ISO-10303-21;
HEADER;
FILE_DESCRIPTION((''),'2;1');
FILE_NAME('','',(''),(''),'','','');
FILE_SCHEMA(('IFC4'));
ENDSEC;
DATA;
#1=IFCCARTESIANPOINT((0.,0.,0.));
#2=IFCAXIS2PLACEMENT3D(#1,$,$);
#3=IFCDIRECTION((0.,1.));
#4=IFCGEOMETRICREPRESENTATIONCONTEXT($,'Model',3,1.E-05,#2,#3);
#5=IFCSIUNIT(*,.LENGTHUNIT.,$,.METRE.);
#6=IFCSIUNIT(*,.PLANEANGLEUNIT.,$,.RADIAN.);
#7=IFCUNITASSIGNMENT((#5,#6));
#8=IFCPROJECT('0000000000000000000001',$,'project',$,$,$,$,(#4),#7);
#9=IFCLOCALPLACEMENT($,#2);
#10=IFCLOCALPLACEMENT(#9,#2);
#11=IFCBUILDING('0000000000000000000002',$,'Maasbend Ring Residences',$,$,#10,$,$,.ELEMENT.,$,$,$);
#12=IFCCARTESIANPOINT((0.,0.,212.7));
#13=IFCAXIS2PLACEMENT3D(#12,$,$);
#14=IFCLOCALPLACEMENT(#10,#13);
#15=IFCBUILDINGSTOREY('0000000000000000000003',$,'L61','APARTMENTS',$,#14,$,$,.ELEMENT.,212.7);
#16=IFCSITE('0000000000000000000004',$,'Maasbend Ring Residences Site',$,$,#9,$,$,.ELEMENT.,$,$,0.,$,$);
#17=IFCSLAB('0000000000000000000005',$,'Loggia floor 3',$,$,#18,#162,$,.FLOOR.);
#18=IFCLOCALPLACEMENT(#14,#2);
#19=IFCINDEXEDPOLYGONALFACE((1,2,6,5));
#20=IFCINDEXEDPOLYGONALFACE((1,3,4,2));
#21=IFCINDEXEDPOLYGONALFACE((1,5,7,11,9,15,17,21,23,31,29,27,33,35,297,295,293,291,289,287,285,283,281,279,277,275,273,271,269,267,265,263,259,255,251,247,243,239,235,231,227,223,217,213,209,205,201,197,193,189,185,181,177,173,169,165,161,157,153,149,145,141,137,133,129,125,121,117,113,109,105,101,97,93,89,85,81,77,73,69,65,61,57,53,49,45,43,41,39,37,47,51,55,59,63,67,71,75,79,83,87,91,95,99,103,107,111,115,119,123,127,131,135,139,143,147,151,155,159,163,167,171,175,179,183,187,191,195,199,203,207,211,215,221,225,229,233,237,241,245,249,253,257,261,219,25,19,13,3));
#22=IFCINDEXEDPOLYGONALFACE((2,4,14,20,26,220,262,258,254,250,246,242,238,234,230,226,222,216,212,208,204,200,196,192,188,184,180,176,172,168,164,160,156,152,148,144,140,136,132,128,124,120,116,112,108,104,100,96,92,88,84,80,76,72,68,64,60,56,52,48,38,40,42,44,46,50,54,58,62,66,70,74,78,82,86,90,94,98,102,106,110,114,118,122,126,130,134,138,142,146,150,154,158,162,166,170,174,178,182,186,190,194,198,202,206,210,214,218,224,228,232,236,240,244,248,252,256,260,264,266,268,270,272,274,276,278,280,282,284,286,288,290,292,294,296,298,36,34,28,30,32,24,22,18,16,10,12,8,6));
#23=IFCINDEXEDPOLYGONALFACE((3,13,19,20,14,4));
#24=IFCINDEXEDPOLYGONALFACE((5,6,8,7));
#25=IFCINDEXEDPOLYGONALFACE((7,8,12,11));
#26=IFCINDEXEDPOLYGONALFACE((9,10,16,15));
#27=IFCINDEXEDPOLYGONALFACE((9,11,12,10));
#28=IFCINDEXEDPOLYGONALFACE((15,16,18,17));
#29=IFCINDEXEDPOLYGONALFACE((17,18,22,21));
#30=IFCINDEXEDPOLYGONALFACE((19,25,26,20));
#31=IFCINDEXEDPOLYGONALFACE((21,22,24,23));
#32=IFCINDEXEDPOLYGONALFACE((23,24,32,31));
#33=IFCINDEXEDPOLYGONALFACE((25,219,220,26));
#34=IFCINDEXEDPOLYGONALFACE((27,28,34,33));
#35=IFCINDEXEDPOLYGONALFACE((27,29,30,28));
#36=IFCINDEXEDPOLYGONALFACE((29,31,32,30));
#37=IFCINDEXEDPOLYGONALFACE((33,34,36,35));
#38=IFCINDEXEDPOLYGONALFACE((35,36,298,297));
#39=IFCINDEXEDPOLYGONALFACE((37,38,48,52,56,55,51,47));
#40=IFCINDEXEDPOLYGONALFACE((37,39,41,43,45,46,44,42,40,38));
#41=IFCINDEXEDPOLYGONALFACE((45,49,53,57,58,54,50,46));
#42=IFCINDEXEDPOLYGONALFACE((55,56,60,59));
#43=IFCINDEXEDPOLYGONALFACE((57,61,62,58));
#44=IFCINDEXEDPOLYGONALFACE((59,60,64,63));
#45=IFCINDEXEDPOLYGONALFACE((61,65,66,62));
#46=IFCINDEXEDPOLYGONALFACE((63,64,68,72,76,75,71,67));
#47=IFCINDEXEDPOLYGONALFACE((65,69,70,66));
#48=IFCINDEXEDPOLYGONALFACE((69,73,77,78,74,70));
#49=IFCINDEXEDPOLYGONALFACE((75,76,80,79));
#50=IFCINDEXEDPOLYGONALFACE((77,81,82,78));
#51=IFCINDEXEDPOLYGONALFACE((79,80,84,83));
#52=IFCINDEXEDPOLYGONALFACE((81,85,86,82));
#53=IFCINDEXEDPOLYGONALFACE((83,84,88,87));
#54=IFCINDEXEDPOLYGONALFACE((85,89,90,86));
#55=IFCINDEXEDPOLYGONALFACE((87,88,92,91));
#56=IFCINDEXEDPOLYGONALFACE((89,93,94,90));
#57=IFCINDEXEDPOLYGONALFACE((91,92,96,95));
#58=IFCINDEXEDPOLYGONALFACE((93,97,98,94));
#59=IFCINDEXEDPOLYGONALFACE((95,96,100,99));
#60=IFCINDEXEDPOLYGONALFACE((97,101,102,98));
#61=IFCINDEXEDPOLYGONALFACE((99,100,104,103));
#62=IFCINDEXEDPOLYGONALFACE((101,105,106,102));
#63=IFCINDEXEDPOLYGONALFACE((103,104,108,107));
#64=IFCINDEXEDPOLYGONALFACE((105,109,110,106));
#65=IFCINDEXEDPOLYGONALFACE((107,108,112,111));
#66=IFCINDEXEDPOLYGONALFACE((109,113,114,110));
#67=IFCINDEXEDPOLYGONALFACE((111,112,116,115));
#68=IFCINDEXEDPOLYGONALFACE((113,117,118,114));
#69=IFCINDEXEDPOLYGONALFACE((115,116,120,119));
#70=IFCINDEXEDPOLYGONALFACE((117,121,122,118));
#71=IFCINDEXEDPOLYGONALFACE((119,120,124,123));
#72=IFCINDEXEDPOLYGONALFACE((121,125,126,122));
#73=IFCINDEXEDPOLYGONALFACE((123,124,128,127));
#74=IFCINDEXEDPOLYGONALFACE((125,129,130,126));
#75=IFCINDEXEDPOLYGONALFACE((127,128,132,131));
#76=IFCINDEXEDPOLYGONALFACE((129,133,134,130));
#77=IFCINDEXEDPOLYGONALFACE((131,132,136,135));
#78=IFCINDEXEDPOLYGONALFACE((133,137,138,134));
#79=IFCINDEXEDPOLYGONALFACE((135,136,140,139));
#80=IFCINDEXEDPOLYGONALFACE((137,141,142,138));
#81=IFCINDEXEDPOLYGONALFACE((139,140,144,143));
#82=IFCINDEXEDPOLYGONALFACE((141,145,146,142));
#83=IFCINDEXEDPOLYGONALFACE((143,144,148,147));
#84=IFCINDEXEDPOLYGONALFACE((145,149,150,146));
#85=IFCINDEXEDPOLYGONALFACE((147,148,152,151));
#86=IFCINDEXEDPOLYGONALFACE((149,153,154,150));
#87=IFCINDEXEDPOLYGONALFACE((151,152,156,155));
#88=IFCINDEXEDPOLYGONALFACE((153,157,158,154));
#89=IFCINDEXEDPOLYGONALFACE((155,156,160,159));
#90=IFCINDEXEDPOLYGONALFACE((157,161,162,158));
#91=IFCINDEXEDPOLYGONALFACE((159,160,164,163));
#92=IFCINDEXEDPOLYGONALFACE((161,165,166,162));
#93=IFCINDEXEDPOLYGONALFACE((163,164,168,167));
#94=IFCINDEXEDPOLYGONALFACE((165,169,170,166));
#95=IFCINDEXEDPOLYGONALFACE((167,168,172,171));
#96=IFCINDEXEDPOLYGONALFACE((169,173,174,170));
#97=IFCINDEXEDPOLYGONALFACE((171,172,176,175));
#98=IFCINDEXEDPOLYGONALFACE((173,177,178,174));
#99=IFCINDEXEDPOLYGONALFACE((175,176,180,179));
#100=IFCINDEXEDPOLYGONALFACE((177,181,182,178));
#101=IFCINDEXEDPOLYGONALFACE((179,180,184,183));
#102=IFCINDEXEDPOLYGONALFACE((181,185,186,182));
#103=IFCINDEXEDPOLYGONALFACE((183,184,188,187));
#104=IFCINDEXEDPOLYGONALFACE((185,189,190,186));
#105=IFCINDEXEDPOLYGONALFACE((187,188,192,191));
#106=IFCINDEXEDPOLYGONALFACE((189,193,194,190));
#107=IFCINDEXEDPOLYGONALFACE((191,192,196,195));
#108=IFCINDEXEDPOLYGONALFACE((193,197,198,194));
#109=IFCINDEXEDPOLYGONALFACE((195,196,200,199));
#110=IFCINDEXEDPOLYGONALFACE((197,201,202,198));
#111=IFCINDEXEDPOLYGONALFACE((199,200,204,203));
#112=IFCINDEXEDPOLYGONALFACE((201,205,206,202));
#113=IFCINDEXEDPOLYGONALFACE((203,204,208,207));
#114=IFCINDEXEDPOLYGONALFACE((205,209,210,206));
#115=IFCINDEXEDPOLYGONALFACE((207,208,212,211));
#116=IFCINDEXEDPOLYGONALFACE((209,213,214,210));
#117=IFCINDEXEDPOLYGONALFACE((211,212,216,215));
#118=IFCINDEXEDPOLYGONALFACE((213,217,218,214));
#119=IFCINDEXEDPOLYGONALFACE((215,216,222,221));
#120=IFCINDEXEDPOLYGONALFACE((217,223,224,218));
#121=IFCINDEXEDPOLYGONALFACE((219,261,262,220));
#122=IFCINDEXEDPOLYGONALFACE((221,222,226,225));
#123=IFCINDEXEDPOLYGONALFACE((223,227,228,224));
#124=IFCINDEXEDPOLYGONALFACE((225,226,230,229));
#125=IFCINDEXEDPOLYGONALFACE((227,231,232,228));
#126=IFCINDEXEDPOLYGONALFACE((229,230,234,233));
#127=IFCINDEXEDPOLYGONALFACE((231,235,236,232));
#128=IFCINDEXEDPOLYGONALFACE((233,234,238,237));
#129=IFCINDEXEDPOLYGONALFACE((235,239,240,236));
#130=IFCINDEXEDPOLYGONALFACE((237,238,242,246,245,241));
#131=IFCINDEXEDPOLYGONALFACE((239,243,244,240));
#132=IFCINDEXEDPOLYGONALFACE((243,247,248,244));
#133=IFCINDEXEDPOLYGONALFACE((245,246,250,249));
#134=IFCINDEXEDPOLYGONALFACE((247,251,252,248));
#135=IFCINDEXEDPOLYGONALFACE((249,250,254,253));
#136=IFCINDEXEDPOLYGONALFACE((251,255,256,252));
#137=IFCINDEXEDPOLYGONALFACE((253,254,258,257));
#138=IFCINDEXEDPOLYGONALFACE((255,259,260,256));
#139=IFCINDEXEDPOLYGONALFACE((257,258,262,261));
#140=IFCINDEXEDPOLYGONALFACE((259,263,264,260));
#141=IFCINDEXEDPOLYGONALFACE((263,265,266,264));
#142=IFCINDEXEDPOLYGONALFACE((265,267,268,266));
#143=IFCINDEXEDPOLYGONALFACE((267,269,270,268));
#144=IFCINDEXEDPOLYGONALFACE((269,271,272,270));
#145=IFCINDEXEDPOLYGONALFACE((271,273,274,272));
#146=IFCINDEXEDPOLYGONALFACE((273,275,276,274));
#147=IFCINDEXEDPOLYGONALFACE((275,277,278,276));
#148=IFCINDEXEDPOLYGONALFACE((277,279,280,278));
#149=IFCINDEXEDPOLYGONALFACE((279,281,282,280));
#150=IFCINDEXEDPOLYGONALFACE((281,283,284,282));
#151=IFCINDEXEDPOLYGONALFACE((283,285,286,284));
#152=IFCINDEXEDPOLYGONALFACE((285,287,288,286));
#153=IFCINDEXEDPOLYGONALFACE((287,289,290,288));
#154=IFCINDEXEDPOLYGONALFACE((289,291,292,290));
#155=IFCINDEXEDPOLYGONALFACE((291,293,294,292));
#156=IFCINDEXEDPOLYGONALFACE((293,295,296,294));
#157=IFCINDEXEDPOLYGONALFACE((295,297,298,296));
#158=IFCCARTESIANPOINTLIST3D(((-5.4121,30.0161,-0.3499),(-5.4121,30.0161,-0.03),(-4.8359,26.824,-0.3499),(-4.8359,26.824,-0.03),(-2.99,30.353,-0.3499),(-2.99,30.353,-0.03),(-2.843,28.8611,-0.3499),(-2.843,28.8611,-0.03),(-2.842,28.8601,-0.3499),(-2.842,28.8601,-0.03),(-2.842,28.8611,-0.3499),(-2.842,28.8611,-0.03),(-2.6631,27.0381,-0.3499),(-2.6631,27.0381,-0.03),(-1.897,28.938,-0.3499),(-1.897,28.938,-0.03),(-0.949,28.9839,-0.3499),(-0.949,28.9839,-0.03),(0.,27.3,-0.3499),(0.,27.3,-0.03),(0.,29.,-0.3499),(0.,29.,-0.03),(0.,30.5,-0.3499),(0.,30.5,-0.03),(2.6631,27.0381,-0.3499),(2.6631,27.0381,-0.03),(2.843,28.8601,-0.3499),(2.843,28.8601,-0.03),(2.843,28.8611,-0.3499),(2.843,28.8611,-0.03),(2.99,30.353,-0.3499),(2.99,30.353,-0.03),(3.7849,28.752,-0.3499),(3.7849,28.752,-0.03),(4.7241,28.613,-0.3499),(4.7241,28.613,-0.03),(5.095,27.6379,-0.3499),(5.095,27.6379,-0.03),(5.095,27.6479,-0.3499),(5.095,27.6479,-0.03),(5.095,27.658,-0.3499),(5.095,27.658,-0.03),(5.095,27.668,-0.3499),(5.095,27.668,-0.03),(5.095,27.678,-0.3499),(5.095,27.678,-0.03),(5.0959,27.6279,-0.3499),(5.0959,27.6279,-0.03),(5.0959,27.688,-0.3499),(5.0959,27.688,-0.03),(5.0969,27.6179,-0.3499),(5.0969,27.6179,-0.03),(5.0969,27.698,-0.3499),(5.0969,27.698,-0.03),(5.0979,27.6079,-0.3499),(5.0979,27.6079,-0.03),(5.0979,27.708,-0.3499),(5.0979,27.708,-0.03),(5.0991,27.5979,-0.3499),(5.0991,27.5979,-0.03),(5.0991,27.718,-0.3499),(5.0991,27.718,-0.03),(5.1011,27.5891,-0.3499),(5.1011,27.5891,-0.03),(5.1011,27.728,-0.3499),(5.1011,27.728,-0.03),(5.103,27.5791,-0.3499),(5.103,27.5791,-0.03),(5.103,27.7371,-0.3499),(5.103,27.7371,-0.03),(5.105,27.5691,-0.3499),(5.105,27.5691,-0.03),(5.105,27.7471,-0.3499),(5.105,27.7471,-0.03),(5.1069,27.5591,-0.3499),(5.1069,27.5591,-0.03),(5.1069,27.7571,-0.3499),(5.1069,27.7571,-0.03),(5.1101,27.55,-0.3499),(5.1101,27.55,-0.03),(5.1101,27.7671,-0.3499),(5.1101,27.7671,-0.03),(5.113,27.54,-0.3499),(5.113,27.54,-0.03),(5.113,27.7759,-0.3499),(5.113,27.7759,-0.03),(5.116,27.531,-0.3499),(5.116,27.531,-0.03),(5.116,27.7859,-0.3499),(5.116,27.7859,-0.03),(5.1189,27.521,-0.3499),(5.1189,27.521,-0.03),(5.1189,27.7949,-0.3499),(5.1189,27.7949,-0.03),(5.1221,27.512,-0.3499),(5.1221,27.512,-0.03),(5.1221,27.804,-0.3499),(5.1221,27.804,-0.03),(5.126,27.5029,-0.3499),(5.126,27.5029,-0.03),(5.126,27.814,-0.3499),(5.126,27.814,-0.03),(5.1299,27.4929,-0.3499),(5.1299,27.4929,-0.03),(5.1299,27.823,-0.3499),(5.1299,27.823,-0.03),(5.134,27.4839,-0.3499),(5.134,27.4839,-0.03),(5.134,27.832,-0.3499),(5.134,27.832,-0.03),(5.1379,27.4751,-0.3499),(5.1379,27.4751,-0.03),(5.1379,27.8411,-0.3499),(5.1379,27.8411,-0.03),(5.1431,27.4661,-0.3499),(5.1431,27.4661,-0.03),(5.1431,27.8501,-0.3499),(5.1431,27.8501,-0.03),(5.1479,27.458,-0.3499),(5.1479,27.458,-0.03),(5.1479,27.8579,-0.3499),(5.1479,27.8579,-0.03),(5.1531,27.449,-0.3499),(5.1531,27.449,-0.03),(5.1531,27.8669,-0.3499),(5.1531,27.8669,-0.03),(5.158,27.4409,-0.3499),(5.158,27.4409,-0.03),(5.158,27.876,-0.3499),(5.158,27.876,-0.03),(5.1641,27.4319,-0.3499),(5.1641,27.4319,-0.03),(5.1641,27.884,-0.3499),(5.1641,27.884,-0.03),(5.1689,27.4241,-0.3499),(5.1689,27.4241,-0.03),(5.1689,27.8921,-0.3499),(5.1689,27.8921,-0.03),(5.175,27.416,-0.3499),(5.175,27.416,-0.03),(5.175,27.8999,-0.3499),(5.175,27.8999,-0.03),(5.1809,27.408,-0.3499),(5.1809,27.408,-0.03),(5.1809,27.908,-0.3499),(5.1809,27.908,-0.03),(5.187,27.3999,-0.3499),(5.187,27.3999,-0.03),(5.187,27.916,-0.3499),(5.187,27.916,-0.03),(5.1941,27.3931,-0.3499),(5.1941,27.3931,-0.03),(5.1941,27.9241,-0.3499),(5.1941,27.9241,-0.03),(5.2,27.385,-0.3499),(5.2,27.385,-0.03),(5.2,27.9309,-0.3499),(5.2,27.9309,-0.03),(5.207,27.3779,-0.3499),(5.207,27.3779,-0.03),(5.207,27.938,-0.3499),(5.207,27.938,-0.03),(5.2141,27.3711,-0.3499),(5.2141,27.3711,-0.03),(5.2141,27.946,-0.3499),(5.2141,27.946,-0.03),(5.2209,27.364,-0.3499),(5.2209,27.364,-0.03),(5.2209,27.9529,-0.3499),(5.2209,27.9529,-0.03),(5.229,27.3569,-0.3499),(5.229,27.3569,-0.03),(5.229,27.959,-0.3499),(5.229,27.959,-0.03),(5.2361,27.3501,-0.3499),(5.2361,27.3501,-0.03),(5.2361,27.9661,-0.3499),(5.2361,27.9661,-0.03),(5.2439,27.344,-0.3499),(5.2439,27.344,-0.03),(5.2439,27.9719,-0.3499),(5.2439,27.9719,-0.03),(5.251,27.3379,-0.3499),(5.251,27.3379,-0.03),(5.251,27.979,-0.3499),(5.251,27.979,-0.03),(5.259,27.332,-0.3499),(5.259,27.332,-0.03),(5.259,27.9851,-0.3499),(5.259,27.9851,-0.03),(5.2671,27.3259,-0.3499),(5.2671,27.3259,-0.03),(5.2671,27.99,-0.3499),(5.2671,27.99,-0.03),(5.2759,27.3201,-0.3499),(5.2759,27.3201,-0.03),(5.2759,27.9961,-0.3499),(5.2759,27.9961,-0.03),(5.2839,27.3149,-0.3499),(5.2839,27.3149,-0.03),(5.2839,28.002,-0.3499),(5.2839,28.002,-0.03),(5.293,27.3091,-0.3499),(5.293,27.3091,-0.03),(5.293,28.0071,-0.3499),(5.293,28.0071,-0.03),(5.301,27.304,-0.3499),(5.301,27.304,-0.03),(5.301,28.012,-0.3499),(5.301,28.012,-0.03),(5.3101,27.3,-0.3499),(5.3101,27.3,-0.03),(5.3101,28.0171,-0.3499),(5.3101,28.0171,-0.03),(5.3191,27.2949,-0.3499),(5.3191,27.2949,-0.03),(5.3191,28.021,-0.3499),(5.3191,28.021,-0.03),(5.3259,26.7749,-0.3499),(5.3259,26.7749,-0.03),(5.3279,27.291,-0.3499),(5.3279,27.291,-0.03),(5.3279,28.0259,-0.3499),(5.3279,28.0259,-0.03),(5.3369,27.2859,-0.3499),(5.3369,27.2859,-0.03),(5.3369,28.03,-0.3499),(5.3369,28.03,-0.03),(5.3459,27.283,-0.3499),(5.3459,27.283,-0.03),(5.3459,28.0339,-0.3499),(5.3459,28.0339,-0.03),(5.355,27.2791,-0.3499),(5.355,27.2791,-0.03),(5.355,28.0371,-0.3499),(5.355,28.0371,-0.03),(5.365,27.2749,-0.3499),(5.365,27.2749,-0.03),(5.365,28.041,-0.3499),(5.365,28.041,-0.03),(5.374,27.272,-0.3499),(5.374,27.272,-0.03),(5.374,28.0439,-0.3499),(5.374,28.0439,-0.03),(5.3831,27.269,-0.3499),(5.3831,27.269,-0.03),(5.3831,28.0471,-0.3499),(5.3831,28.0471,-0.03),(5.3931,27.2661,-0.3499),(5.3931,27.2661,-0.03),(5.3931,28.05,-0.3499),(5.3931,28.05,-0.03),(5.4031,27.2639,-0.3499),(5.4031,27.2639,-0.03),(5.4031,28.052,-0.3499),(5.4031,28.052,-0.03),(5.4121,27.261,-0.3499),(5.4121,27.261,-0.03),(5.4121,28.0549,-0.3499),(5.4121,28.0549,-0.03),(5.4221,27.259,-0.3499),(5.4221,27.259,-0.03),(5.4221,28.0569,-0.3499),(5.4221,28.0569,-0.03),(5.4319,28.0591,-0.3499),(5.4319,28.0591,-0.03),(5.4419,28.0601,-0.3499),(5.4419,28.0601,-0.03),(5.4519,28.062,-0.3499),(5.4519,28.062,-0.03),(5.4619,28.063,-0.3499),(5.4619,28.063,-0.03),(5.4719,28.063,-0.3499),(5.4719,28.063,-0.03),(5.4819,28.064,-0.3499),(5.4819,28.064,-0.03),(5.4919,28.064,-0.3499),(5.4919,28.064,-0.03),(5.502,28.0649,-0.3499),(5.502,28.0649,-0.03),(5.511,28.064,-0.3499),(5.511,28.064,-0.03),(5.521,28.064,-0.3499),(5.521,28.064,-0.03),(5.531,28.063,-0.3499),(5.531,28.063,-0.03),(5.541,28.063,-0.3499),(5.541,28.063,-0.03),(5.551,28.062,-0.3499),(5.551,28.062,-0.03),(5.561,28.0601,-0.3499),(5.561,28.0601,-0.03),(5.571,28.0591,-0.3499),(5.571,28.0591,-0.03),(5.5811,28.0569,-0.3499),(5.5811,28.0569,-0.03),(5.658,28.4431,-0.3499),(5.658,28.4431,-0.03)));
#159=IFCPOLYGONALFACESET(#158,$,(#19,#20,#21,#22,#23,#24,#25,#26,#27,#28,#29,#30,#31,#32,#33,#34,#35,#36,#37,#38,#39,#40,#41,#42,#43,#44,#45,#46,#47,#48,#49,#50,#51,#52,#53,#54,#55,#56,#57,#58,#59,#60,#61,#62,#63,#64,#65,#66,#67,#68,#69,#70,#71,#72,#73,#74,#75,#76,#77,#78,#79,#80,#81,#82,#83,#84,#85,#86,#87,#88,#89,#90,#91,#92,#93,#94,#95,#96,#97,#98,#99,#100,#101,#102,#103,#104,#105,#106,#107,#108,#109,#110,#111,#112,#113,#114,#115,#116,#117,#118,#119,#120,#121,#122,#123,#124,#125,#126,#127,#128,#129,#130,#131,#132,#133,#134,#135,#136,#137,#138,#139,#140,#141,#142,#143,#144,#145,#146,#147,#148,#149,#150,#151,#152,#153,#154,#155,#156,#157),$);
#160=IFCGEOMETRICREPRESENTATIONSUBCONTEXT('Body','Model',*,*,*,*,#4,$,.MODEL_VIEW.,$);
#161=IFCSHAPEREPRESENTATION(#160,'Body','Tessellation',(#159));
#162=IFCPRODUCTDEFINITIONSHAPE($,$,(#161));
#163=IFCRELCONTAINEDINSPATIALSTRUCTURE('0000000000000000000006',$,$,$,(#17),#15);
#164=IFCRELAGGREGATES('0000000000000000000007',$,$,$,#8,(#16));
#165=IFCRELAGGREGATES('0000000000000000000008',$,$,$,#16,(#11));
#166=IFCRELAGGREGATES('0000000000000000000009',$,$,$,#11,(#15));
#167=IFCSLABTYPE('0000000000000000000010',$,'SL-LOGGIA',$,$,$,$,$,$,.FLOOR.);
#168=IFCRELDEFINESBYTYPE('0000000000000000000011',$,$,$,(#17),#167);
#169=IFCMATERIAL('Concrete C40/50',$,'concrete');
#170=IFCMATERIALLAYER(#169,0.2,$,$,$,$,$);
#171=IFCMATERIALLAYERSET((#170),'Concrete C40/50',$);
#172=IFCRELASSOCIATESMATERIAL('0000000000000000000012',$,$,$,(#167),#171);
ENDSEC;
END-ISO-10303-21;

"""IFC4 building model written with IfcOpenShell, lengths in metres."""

from ifc_helpers import new_model, si_unit, direction, frame, origin, place, context, subcontext, project, spatial, polyline, outline, extrude, material, layer, layer_set, type_object, element, save


model = new_model("IFC4")

# Units and contexts
model_context = context("Model", 3, precision=1e-05, world=origin(), true_north=direction((0.0, 1.0)))
body_context = subcontext(model_context, "Body", "Model", "MODEL_VIEW")
ifc_project = project(units=[si_unit("LENGTHUNIT", "METRE"), si_unit("PLANEANGLEUNIT", "RADIAN")], contexts=[model_context])

# Site, building, storey
site_placement = place(None, origin())
site = spatial("IfcSite", under=ifc_project, at=site_placement, Name="Maasbend Ring Residences Site", CompositionType="ELEMENT", RefElevation=0.0)
building_placement = place(site_placement, origin())
building = spatial("IfcBuilding", under=site, at=building_placement, Name="Maasbend Ring Residences", CompositionType="ELEMENT")
storey_placement = place(building_placement, frame((0.0, 0.0, 212.7)))
storey = spatial("IfcBuildingStorey", under=building, at=storey_placement, Name="L61", Description="APARTMENTS", CompositionType="ELEMENT", Elevation=212.7)

# Slab
ifc_material_1 = material(Name="Concrete C40/50", Category="concrete")
ifc_layer_1 = layer(ifc_material_1, 0.2)
ifc_layer_set_1 = layer_set([ifc_layer_1], Name="Concrete C40/50")
slab_type_1 = type_object("IfcSlabType", Name="SL-LOGGIA", PredefinedType="FLOOR", material=ifc_layer_set_1)
slab_1_placement = place(storey_placement, frame((0.0, 0.0, -0.3499)))
element("IfcSlab", 1, at=slab_1_placement, inside=storey, type_object=slab_type_1, Name="Loggia floor 3", PredefinedType="FLOOR", context=body_context, shape_type="SweptSolid", body=[
    extrude(outline(polyline([(-2.843, 28.8611), (-2.843, 28.8611), (-2.843, 28.8611), (-2.843, 28.8611), (-2.842, 28.8611), (-2.842, 28.8611), (-2.842, 28.8611), (-2.842, 28.8611), (-2.842, 28.8611), (-2.842, 28.8601), (-2.842, 28.8601), (-2.842, 28.8601), (-2.842, 28.8601), (-2.842, 28.8601), (-2.842, 28.8601), (-2.842, 28.8601), (-2.842, 28.8601), (-1.897, 28.938), (-1.897, 28.938), (-0.949, 28.9839), (-0.949, 28.9839), (0.0, 29.0), (0.0, 29.0), (0.0, 29.0), (0.0, 29.0), (0.0, 29.0), (0.0, 29.0), (0.0, 29.0), (0.0, 29.0), (0.0, 29.0), (0.0, 29.0), (0.0, 29.0), (0.0, 29.0), (0.0, 29.0), (0.0, 29.0), (0.0, 29.0), (0.0, 29.0), (0.0, 29.0), (0.0, 30.5), (0.0, 30.5), (0.0, 30.5), (2.99, 30.353), (2.99, 30.353), (2.99, 30.353), (2.843, 28.8611), (2.843, 28.8611), (2.843, 28.8611), (2.843, 28.8611), (2.843, 28.8611), (2.843, 28.8611), (2.843, 28.8611), (2.843, 28.8611), (2.843, 28.8601), (2.843, 28.8601), (2.843, 28.8601), (2.843, 28.8601), (2.843, 28.8601), (2.843, 28.8601), (2.843, 28.8601), (2.843, 28.8601), (2.843, 28.8601), (3.7849, 28.752), (3.7849, 28.752), (4.7241, 28.613), (4.7241, 28.613), (5.658, 28.4431), (5.658, 28.4431), (5.658, 28.4431), (5.5811, 28.0569), (5.5811, 28.0569), (5.571, 28.0591), (5.561, 28.0601), (5.551, 28.062), (5.541, 28.063), (5.531, 28.063), (5.521, 28.064), (5.511, 28.064), (5.502, 28.0649), (5.4919, 28.064), (5.4819, 28.064), (5.4719, 28.063), (5.4619, 28.063), (5.4519, 28.062), (5.4419, 28.0601), (5.4319, 28.0591), (5.4221, 28.0569), (5.4121, 28.0549), (5.4031, 28.052), (5.3931, 28.05), (5.3831, 28.0471), (5.374, 28.0439), (5.365, 28.041), (5.355, 28.0371), (5.3459, 28.0339), (5.3369, 28.03), (5.3279, 28.0259), (5.3191, 28.021), (5.3101, 28.0171), (5.301, 28.012), (5.293, 28.0071), (5.2839, 28.002), (5.2759, 27.9961), (5.2671, 27.99), (5.259, 27.9851), (5.251, 27.979), (5.2439, 27.9719), (5.2361, 27.9661), (5.229, 27.959), (5.2209, 27.9529), (5.2141, 27.946), (5.207, 27.938), (5.2, 27.9309), (5.1941, 27.9241), (5.187, 27.916), (5.1809, 27.908), (5.175, 27.8999), (5.1689, 27.8921), (5.1641, 27.884), (5.158, 27.876), (5.1531, 27.8669), (5.1479, 27.8579), (5.1431, 27.8501), (5.1379, 27.8411), (5.134, 27.832), (5.1299, 27.823), (5.126, 27.814), (5.1221, 27.804), (5.1189, 27.7949), (5.116, 27.7859), (5.113, 27.7759), (5.1101, 27.7671), (5.1069, 27.7571), (5.105, 27.7471), (5.103, 27.7371), (5.1011, 27.728), (5.0991, 27.718), (5.0979, 27.708), (5.0969, 27.698), (5.0959, 27.688), (5.095, 27.678), (5.095, 27.668), (5.095, 27.658), (5.095, 27.6479), (5.095, 27.6379), (5.0959, 27.6279), (5.0969, 27.6179), (5.0979, 27.6079), (5.0991, 27.5979), (5.1011, 27.5891), (5.103, 27.5791), (5.105, 27.5691), (5.1069, 27.5591), (5.1101, 27.55), (5.113, 27.54), (5.116, 27.531), (5.1189, 27.521), (5.1221, 27.512), (5.126, 27.5029), (5.1299, 27.4929), (5.134, 27.4839), (5.1379, 27.4751), (5.1431, 27.4661), (5.1479, 27.458), (5.1531, 27.449), (5.158, 27.4409), (5.1641, 27.4319), (5.1689, 27.4241), (5.175, 27.416), (5.1809, 27.408), (5.187, 27.3999), (5.1941, 27.3931), (5.2, 27.385), (5.207, 27.3779), (5.2141, 27.3711), (5.2209, 27.364), (5.229, 27.3569), (5.2361, 27.3501), (5.2439, 27.344), (5.251, 27.3379), (5.259, 27.332), (5.2671, 27.3259), (5.2759, 27.3201), (5.2839, 27.3149), (5.293, 27.3091), (5.301, 27.304), (5.3101, 27.3), (5.3191, 27.2949), (5.3279, 27.291), (5.3369, 27.2859), (5.3459, 27.283), (5.355, 27.2791), (5.365, 27.2749), (5.374, 27.272), (5.3831, 27.269), (5.3931, 27.2661), (5.4031, 27.2639), (5.4121, 27.261), (5.4221, 27.259), (5.4221, 27.259), (5.3259, 26.7749), (5.3259, 26.7749), (5.3259, 26.7749), (2.6631, 27.0381), (0.0, 27.3), (0.0, 27.3), (0.0, 27.3), (-2.6631, 27.0381), (-4.8359, 26.824), (-4.8359, 26.824), (-4.8359, 26.824), (-5.4121, 30.0161), (-5.4121, 30.0161), (-5.4121, 30.0161), (-2.99, 30.353), (-2.99, 30.353), (-2.99, 30.353), (-2.843, 28.8611)])), origin(), (0.0, 0.0, 1.0), 0.3198),
])

save(model, "model.ifc")
